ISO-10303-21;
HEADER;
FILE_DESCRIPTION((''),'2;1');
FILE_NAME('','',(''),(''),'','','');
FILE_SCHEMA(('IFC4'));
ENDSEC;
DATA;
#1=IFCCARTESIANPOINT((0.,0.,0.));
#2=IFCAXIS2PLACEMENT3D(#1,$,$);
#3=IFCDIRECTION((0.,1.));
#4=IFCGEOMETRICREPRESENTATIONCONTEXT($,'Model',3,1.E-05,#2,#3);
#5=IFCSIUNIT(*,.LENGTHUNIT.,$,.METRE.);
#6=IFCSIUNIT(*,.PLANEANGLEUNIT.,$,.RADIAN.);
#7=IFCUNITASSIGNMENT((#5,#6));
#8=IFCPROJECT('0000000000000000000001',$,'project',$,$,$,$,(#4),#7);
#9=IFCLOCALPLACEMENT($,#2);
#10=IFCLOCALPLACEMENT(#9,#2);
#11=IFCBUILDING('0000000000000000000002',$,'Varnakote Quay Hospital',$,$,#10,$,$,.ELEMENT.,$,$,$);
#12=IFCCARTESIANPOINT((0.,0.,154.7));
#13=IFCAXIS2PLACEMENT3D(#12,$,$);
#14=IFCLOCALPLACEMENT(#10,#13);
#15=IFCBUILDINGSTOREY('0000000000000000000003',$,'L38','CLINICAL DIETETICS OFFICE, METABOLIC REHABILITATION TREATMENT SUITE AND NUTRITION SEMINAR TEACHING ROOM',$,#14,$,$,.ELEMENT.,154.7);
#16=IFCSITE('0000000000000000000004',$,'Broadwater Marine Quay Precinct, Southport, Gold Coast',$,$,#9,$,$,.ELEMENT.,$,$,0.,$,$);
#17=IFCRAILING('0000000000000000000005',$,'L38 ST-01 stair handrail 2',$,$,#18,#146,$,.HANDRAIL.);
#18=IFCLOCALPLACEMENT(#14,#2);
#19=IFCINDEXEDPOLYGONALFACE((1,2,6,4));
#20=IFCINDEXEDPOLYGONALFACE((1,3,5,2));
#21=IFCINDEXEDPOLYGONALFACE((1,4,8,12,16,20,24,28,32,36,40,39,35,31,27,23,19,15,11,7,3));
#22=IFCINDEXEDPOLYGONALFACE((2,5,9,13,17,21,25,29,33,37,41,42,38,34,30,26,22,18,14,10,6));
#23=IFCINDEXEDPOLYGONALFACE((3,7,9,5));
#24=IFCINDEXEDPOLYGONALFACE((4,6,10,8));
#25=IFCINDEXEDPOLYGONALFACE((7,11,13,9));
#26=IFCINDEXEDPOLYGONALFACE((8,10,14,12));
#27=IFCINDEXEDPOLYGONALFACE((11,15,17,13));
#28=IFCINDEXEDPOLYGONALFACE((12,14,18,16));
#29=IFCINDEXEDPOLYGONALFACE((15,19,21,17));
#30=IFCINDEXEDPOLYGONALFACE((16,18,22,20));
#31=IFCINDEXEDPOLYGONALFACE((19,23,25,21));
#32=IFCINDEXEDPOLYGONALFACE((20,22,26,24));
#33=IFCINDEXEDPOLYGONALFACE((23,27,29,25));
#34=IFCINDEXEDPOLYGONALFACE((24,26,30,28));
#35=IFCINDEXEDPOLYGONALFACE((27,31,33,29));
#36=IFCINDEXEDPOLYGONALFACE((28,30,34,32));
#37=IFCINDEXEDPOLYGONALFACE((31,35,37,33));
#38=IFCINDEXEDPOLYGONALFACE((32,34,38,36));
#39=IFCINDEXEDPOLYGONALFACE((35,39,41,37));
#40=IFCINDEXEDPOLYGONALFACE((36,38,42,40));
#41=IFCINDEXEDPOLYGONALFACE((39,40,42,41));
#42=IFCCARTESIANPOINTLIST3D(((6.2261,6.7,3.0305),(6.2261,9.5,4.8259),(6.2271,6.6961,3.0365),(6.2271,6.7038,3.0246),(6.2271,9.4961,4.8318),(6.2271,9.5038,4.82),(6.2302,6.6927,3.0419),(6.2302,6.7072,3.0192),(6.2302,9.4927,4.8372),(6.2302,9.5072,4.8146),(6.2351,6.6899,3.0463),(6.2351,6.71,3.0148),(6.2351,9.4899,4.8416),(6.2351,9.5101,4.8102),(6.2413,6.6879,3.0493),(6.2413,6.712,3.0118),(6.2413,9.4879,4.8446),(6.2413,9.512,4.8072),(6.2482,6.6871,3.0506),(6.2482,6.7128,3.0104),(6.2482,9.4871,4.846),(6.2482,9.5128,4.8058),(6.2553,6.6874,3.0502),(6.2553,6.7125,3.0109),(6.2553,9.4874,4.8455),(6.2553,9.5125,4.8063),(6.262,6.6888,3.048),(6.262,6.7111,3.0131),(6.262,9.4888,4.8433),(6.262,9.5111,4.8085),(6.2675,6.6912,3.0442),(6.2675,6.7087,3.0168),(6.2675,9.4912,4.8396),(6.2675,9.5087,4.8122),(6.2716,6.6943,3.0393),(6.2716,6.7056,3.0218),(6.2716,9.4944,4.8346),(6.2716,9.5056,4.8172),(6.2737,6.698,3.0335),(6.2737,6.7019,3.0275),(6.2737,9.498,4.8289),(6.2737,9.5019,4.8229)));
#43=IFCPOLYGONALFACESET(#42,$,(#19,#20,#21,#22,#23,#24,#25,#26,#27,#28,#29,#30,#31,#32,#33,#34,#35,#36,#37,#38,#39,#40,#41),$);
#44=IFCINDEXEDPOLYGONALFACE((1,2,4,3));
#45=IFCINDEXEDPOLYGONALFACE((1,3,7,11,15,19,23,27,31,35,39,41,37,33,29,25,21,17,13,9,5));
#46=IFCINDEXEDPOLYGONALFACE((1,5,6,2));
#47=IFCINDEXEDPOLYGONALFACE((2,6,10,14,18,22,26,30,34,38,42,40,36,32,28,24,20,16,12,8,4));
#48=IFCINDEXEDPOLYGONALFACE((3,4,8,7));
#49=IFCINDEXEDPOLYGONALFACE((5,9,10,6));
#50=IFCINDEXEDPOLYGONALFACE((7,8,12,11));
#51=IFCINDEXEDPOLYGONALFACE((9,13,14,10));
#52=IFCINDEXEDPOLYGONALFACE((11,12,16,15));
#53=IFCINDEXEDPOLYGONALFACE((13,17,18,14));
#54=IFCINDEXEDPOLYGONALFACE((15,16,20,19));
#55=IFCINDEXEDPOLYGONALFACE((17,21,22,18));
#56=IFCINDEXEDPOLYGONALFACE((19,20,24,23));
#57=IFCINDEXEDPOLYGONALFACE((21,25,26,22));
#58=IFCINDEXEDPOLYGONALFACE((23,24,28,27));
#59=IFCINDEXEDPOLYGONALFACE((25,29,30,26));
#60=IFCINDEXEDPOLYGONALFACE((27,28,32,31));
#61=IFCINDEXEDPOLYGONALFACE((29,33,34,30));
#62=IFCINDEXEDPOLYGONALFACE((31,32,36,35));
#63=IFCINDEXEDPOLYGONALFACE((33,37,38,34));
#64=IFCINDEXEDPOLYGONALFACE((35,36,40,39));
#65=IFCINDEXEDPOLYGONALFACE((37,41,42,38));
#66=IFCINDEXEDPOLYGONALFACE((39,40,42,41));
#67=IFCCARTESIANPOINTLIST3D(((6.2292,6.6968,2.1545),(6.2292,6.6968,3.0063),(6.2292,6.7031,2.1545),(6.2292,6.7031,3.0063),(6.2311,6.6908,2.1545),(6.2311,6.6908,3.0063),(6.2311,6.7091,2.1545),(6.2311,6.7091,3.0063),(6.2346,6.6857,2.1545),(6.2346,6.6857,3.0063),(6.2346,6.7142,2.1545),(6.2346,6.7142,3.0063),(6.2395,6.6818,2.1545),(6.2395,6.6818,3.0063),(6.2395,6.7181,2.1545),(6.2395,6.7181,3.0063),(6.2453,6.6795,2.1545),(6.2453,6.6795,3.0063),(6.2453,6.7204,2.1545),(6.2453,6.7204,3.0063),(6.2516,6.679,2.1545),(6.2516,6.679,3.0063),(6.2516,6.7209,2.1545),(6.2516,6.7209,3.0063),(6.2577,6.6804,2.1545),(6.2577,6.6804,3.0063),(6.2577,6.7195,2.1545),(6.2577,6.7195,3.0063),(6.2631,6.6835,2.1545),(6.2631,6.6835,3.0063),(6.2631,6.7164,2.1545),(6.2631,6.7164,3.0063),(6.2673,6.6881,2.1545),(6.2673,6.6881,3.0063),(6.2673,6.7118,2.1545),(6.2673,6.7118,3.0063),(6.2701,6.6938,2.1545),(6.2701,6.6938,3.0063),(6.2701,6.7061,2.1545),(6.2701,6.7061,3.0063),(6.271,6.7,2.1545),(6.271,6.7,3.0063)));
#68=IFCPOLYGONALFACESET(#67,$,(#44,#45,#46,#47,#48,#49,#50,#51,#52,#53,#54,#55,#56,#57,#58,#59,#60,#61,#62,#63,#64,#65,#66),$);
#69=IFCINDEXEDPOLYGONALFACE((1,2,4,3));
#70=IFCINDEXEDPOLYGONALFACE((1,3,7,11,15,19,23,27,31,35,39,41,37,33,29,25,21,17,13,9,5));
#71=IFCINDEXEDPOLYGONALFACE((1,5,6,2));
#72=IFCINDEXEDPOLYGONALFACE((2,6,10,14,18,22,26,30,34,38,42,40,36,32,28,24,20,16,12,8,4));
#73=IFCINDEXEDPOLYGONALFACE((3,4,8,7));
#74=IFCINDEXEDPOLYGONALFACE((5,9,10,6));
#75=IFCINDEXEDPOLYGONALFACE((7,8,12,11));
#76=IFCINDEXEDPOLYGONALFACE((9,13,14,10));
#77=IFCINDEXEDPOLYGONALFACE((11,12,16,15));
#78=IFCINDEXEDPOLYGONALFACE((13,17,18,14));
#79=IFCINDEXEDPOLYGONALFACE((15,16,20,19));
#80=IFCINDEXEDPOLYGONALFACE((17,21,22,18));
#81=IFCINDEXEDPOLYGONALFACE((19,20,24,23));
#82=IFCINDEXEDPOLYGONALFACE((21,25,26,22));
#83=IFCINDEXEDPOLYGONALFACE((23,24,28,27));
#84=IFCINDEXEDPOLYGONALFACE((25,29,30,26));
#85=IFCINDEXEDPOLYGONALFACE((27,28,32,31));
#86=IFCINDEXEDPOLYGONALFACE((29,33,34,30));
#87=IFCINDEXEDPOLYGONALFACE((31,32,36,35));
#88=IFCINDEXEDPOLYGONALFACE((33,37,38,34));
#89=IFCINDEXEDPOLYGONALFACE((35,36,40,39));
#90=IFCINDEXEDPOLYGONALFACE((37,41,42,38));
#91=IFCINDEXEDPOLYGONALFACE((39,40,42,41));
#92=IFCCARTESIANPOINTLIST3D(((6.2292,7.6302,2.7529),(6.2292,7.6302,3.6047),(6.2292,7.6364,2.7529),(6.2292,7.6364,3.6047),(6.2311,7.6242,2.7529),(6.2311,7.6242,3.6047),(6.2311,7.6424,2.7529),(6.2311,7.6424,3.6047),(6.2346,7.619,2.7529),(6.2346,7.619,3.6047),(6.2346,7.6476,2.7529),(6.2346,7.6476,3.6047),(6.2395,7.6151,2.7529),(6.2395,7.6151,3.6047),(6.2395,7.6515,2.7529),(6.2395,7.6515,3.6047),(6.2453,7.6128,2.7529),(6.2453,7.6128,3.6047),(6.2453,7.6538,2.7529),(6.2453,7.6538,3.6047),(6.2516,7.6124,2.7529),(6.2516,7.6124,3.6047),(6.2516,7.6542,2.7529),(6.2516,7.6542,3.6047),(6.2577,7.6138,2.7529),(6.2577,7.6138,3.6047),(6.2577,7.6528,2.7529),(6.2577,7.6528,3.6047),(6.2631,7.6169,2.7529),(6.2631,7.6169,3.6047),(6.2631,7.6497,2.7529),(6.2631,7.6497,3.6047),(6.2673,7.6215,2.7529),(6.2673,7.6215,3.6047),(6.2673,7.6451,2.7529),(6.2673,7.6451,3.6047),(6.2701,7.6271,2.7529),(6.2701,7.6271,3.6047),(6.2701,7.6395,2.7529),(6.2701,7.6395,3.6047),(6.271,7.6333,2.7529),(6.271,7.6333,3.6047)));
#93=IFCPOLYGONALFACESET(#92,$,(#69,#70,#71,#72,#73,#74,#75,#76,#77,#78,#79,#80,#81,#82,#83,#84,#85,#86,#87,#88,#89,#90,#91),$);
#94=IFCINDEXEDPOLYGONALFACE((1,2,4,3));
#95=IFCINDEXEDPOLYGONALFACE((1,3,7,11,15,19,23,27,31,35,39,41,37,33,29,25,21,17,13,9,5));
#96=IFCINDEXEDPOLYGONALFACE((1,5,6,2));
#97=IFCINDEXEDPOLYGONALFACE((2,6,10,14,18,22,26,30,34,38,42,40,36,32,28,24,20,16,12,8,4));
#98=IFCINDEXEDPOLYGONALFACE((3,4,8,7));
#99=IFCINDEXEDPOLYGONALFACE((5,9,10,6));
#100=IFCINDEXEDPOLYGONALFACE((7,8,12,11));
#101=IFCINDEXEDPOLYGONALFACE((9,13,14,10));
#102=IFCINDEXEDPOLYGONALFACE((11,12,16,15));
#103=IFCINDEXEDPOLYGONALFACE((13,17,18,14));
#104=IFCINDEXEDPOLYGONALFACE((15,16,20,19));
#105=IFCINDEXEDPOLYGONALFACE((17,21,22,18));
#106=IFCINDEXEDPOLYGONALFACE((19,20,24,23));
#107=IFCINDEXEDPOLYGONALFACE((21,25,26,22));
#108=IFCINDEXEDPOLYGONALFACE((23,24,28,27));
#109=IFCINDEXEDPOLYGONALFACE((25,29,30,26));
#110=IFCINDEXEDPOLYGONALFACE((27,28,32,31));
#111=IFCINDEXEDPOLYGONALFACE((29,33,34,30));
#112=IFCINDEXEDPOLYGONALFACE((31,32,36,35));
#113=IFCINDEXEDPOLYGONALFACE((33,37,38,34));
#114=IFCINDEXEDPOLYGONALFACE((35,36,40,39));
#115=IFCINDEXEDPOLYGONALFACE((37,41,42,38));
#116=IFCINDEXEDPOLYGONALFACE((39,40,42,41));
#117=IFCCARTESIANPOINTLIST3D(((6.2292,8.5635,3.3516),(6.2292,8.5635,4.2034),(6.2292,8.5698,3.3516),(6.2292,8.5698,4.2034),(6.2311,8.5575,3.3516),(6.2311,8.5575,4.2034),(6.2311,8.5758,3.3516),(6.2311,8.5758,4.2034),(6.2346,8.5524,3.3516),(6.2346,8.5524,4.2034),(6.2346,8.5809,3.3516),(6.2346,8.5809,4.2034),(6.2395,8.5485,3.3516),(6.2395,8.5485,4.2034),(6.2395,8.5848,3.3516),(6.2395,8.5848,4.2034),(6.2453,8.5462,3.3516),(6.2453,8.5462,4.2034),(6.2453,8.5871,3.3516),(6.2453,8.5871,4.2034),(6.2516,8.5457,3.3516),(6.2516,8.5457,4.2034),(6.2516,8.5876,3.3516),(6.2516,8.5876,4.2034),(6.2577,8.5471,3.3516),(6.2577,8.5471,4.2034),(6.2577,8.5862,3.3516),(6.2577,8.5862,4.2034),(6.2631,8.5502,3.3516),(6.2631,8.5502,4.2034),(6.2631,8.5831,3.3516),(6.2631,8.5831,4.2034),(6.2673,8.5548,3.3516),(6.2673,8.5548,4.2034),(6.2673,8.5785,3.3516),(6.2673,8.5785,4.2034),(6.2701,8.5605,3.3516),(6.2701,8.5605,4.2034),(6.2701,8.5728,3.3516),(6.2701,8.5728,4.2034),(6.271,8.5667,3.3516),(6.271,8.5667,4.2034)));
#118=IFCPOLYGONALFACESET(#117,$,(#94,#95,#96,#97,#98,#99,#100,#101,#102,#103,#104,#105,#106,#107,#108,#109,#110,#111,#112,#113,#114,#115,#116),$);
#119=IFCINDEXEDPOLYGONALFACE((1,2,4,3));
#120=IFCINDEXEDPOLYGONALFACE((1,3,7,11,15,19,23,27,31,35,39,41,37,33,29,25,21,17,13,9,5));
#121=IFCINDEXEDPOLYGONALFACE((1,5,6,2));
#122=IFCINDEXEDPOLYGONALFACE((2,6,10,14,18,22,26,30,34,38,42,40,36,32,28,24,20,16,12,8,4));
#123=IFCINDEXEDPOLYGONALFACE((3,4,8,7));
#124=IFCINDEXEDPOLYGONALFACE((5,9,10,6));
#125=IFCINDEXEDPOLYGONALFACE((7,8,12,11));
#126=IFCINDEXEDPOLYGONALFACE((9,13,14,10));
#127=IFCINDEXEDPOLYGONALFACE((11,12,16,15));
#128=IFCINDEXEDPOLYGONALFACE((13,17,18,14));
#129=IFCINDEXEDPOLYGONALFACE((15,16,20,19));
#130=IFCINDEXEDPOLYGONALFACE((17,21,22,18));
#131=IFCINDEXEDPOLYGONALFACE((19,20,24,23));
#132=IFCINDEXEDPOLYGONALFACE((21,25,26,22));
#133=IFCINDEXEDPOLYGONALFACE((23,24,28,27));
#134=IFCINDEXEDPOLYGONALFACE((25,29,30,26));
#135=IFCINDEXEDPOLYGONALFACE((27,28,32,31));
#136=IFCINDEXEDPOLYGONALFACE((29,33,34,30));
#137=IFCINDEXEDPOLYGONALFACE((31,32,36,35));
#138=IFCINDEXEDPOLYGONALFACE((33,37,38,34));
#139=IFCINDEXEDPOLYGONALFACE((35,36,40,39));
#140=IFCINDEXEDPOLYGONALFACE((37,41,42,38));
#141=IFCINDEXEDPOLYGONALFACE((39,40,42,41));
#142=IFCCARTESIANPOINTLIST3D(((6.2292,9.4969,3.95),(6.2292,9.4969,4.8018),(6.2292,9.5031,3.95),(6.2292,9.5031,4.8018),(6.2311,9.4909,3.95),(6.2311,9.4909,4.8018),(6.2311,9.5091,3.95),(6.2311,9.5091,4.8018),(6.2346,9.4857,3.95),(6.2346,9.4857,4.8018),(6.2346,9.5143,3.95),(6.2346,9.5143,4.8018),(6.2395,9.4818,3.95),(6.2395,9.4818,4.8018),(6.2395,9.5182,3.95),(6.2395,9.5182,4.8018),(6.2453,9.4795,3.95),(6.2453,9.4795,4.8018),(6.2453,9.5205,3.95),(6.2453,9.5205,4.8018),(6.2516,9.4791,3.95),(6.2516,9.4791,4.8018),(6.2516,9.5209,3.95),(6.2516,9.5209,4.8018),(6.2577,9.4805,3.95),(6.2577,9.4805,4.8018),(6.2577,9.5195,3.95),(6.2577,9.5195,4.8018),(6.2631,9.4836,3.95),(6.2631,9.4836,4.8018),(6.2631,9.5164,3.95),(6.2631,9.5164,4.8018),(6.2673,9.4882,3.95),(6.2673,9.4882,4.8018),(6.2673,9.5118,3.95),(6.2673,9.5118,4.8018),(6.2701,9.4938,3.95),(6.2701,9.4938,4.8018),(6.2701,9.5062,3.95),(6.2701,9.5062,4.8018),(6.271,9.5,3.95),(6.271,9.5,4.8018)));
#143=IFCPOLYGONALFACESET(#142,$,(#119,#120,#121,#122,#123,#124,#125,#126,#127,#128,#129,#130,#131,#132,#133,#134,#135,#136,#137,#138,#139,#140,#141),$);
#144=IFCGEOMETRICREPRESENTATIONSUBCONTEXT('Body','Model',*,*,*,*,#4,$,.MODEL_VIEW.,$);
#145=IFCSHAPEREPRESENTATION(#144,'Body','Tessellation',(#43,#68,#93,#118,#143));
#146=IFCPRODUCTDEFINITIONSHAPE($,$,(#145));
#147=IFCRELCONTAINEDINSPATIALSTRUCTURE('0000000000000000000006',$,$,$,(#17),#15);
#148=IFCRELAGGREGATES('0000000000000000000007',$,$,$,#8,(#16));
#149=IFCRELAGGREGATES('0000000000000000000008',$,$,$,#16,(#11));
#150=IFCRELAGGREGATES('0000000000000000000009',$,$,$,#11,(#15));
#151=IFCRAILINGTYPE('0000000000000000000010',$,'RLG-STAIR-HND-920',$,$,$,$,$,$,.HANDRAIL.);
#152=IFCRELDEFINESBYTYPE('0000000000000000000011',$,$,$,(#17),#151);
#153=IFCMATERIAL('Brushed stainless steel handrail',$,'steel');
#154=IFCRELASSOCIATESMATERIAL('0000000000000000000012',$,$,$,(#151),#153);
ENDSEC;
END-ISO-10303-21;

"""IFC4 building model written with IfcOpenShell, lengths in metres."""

from ifc_helpers import new_model, si_unit, direction, frame, origin, origin_2d, place, context, subcontext, project, spatial, circle, extrude, material, type_object, element, save


model = new_model("IFC4")

# Units and contexts
model_context = context("Model", 3, precision=1e-05, world=origin(), true_north=direction((0.0, 1.0)))
body_context = subcontext(model_context, "Body", "Model", "MODEL_VIEW")
ifc_project = project(units=[si_unit("LENGTHUNIT", "METRE"), si_unit("PLANEANGLEUNIT", "RADIAN")], contexts=[model_context])

# Site, building, storey
site_placement = place(None, origin())
site = spatial("IfcSite", under=ifc_project, at=site_placement, Name="Broadwater Marine Quay Precinct, Southport, Gold Coast", CompositionType="ELEMENT", RefElevation=0.0)
building_placement = place(site_placement, origin())
building = spatial("IfcBuilding", under=site, at=building_placement, Name="Varnakote Quay Hospital", CompositionType="ELEMENT")
storey_placement = place(building_placement, frame((0.0, 0.0, 154.7)))
storey = spatial("IfcBuildingStorey", under=building, at=storey_placement, Name="L38", Description="CLINICAL DIETETICS OFFICE, METABOLIC REHABILITATION TREATMENT SUITE AND NUTRITION SEMINAR TEACHING ROOM", CompositionType="ELEMENT", Elevation=154.7)

# Railing
ifc_material_1 = material(Name="Brushed stainless steel handrail", Category="steel")
railing_type_1 = type_object("IfcRailingType", Name="RLG-STAIR-HND-920", PredefinedType="HANDRAIL", material=ifc_material_1)
railing_1_placement = place(storey_placement, frame((6.25, 6.7, 2.1545)))
element("IfcRailing", 1, at=railing_1_placement, inside=storey, type_object=railing_type_1, Name="L38 ST-01 stair handrail 2", PredefinedType="HANDRAIL", context=body_context, shape_type="SweptSolid", body=[
    extrude(circle(Radius=0.0239, at=origin_2d()), frame((0.0, 0.0, 0.876), z_axis=(0.0, 0.84181, 0.539774), x_axis=(-1.0, 0.0, 0.0)), (0.0, 0.0, 1.0), 3.3262),
    extrude(circle(Radius=0.021, at=origin_2d()), origin(), (0.0, 0.0, 1.0), 0.8518),
    extrude(circle(Radius=0.021, at=origin_2d()), frame((0.0, 0.9333, 0.5984)), (0.0, 0.0, 1.0), 0.8518),
    extrude(circle(Radius=0.021, at=origin_2d()), frame((0.0, 1.8667, 1.197)), (0.0, 0.0, 1.0), 0.8518),
    extrude(circle(Radius=0.021, at=origin_2d()), frame((0.0, 2.8, 1.7954)), (0.0, 0.0, 1.0), 0.8518),
])

save(model, "model.ifc")
